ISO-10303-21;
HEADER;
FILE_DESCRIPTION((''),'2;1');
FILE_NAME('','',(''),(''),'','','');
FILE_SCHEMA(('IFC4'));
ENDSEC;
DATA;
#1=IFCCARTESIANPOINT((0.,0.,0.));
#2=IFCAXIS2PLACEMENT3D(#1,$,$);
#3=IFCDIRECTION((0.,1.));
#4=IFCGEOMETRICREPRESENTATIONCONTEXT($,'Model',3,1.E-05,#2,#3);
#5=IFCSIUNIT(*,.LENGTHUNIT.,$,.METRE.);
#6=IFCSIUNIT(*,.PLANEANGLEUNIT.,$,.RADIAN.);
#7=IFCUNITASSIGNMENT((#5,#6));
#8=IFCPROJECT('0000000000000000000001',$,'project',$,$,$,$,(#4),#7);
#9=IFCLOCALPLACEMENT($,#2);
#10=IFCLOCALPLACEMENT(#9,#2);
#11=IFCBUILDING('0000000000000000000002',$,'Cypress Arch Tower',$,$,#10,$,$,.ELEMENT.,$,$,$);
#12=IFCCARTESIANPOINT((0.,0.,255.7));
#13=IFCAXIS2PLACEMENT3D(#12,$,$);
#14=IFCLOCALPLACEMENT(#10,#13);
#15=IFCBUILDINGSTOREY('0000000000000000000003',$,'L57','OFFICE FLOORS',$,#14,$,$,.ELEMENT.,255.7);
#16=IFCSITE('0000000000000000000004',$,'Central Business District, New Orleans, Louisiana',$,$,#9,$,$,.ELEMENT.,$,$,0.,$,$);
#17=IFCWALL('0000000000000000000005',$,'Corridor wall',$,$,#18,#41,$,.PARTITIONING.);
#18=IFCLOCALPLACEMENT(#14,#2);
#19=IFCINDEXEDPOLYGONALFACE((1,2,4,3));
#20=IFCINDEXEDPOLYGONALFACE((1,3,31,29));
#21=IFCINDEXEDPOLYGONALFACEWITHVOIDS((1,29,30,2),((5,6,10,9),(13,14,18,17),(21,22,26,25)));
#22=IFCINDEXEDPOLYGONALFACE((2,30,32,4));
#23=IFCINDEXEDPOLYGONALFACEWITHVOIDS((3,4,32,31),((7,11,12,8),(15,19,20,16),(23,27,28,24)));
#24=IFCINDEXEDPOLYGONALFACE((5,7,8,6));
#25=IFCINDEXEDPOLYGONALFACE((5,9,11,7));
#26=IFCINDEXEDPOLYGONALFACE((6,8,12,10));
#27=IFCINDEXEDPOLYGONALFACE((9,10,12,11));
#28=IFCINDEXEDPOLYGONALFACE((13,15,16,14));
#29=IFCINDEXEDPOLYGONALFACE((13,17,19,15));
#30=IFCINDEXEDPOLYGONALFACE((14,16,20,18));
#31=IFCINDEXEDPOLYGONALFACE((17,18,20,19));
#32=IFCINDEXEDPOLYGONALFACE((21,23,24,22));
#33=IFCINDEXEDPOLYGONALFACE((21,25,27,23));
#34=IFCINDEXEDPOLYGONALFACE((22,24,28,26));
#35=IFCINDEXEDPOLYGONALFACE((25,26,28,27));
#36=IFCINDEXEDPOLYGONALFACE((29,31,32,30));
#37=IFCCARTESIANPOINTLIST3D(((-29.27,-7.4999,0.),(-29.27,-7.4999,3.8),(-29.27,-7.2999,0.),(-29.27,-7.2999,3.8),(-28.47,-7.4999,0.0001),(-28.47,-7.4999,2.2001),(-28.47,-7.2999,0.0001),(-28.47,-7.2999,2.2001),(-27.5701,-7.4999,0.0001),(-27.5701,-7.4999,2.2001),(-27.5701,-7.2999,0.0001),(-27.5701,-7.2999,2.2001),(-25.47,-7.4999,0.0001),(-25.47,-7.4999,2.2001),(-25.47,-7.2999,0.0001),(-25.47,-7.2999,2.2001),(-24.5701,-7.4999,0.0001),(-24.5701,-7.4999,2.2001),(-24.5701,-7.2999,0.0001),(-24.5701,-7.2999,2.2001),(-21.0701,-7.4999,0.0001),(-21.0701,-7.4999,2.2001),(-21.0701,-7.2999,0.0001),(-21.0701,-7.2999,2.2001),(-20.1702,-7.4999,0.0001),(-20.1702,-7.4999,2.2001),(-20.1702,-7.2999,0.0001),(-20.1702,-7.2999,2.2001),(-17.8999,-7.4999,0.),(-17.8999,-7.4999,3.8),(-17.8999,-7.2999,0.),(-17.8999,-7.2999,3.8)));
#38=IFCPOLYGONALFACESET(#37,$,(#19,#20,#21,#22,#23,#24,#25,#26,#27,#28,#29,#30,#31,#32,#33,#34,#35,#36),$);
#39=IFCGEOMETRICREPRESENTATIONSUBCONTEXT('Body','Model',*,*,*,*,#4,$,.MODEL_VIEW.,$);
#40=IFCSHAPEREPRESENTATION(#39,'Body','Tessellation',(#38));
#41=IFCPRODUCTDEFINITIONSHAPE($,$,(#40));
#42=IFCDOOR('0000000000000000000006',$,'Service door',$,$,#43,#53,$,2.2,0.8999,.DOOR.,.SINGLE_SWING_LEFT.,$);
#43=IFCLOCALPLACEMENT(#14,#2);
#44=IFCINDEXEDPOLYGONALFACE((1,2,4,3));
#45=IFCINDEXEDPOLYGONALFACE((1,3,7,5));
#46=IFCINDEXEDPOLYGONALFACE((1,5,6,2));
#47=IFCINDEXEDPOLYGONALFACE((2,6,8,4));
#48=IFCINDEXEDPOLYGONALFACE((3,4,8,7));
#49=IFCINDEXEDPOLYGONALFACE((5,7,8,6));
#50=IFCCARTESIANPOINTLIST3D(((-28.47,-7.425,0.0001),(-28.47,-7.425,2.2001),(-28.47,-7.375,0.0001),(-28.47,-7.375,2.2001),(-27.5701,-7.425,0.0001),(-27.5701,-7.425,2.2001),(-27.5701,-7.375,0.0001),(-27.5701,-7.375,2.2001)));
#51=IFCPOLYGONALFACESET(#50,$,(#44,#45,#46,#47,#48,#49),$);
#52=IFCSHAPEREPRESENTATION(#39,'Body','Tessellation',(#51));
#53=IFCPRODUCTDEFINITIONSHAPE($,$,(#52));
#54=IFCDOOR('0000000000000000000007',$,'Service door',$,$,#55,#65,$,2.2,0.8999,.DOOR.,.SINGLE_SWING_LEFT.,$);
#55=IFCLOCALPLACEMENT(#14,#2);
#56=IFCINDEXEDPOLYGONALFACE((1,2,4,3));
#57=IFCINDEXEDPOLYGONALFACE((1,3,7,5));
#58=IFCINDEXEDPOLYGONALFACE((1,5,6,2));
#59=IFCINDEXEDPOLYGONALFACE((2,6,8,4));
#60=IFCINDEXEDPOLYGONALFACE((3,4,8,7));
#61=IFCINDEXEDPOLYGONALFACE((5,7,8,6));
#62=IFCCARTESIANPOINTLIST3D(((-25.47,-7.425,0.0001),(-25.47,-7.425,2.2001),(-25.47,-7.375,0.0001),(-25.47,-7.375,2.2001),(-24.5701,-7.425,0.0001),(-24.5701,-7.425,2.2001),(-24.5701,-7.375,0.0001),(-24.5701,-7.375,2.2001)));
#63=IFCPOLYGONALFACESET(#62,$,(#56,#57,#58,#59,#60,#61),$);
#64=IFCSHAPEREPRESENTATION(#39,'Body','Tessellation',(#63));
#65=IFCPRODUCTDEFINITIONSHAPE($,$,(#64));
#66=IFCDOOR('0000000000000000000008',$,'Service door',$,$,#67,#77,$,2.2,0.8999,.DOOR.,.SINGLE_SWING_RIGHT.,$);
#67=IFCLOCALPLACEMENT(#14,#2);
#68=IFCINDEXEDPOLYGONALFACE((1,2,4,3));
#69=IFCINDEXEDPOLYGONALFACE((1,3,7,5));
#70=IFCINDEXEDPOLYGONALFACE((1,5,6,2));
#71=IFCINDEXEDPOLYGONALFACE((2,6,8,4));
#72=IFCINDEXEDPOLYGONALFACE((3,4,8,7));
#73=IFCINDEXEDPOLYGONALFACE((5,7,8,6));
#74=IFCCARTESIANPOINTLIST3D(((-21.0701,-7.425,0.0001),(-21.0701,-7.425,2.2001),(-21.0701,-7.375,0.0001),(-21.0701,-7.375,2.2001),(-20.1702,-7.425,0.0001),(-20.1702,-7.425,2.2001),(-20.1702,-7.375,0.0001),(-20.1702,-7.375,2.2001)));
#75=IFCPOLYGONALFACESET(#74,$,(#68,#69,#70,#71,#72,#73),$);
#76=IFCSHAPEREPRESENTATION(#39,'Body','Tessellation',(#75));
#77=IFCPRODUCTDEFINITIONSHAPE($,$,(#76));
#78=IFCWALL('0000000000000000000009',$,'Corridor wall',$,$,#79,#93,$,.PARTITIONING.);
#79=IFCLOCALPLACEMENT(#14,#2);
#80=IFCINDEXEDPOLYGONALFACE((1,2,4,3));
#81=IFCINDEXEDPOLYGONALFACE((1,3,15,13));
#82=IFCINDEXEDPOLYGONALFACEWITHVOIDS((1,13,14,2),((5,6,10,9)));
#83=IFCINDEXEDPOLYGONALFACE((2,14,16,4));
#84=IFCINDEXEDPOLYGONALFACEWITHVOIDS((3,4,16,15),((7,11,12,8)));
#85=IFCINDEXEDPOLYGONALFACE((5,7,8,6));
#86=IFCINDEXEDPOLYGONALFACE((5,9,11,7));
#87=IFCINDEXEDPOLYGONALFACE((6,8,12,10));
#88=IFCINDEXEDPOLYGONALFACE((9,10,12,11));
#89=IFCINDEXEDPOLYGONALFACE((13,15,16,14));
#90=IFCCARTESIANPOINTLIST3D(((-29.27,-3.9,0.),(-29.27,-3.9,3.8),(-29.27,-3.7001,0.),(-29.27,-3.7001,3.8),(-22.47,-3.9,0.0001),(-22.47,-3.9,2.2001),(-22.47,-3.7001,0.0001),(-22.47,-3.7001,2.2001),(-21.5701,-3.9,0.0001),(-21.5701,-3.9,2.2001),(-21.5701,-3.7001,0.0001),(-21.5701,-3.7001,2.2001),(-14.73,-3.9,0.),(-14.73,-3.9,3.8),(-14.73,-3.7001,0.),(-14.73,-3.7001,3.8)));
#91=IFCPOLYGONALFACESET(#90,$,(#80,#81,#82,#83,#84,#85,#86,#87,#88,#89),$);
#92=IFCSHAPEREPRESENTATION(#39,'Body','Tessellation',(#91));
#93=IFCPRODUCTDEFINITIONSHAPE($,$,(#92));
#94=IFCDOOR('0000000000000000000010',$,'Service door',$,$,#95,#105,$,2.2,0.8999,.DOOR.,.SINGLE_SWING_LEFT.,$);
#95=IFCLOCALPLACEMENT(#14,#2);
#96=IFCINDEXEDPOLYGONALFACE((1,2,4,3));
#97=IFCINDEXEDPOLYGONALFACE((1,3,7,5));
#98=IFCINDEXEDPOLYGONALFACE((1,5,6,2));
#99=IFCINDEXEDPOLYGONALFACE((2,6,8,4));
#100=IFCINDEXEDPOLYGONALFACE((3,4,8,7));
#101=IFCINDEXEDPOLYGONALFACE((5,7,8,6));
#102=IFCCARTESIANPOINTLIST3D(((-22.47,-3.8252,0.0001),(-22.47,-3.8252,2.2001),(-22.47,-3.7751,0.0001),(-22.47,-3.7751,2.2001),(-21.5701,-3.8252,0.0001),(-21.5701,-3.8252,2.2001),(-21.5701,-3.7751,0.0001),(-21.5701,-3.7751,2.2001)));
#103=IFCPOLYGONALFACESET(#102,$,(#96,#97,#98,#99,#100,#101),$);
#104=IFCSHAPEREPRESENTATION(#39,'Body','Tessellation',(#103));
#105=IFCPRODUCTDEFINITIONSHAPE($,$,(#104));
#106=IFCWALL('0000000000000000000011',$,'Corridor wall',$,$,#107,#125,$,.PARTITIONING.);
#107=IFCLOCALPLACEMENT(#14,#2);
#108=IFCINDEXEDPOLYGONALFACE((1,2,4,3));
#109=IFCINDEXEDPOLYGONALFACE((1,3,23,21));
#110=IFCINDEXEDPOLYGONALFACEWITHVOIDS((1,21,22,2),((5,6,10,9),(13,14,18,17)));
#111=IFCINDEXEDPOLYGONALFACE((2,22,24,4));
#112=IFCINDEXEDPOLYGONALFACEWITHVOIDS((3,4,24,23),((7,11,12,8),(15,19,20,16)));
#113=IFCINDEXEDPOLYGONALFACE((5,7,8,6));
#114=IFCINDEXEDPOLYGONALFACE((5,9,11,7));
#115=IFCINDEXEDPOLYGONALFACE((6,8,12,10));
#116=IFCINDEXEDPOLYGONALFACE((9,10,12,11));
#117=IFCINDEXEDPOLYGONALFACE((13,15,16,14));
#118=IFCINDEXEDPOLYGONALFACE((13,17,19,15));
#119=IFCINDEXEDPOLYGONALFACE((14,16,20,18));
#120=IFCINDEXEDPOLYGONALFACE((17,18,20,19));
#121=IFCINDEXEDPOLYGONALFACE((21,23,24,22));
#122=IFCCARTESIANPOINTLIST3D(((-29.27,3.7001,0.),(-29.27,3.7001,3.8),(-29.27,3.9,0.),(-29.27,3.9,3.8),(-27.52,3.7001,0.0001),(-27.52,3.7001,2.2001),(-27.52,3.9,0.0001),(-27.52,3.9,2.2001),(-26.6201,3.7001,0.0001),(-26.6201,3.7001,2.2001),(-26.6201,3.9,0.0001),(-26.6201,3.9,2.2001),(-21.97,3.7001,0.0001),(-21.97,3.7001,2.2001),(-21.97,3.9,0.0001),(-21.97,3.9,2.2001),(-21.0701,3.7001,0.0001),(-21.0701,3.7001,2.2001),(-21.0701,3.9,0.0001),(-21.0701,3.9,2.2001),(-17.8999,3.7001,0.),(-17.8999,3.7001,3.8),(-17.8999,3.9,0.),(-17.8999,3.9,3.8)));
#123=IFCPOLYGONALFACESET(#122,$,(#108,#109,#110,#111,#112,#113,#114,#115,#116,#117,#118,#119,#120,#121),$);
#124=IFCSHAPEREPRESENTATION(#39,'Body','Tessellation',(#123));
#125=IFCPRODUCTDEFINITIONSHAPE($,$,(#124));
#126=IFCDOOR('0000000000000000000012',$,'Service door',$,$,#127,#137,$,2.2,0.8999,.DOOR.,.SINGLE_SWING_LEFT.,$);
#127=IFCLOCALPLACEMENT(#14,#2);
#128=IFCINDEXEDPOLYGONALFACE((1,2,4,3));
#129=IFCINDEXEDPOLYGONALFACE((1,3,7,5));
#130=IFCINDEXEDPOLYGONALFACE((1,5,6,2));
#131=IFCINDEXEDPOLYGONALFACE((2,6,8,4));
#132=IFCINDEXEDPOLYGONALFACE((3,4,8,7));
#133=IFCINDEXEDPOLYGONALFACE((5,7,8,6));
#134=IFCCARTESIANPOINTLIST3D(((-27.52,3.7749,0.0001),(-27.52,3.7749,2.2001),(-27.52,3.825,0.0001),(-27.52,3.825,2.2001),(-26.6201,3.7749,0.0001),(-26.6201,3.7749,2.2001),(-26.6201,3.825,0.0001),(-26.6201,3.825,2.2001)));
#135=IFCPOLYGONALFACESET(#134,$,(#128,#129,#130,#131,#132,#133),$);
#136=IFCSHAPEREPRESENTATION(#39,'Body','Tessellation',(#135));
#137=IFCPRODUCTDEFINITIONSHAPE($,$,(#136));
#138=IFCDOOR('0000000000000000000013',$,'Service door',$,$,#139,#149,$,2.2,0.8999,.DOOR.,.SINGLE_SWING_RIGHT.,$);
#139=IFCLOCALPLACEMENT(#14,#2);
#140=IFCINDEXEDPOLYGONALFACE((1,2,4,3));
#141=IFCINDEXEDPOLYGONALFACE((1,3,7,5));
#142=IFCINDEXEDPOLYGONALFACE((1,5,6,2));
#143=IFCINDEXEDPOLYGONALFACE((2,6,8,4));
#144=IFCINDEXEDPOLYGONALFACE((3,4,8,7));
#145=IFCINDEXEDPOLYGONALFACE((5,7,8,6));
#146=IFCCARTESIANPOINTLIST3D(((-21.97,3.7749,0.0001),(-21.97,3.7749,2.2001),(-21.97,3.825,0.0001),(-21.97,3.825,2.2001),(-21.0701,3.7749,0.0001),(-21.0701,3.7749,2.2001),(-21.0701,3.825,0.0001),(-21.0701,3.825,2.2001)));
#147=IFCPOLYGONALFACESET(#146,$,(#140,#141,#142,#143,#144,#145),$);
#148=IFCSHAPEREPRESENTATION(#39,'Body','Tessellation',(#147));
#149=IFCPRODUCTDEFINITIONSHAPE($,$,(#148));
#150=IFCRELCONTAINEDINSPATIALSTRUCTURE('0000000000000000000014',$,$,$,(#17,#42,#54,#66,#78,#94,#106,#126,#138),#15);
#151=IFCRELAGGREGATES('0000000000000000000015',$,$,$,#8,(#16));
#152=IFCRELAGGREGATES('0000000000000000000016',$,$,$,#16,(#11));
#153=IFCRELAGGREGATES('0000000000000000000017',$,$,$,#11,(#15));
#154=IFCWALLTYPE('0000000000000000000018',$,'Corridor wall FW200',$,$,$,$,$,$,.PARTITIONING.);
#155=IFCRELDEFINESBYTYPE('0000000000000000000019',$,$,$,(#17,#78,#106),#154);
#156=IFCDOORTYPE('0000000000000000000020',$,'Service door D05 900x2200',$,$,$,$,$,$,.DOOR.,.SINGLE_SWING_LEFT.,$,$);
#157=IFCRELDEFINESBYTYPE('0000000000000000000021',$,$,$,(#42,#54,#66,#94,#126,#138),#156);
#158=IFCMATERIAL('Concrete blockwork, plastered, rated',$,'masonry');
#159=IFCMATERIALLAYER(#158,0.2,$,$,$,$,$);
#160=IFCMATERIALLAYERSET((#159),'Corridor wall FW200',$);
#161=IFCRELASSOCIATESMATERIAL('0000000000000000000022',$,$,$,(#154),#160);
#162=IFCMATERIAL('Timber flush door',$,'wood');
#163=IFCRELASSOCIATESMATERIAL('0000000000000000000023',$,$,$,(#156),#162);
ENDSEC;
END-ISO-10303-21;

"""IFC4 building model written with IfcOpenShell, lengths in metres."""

from ifc_helpers import new_model, si_unit, direction, frame, frame_2d, origin, place, context, subcontext, project, spatial, rectangle, extrude, material, layer, layer_set, type_object, element, fill, save


model = new_model("IFC4")

# Units and contexts
model_context = context("Model", 3, precision=1e-05, world=origin(), true_north=direction((0.0, 1.0)))
body_context = subcontext(model_context, "Body", "Model", "MODEL_VIEW")
ifc_project = project(units=[si_unit("LENGTHUNIT", "METRE"), si_unit("PLANEANGLEUNIT", "RADIAN")], contexts=[model_context])

# Site, building, storey
site_placement = place(None, origin())
site = spatial("IfcSite", under=ifc_project, at=site_placement, Name="Central Business District, New Orleans, Louisiana", CompositionType="ELEMENT", RefElevation=0.0)
building_placement = place(site_placement, origin())
building = spatial("IfcBuilding", under=site, at=building_placement, Name="Cypress Arch Tower", CompositionType="ELEMENT")
storey_placement = place(building_placement, frame((0.0, 0.0, 255.7)))
storey = spatial("IfcBuildingStorey", under=building, at=storey_placement, Name="L57", Description="OFFICE FLOORS", CompositionType="ELEMENT", Elevation=255.7)

# Wall, openings, doors
ifc_material_1 = material(Name="Concrete blockwork, plastered, rated", Category="masonry")
ifc_layer_1 = layer(ifc_material_1, 0.2)
ifc_layer_set_1 = layer_set([ifc_layer_1], Name="Corridor wall FW200")
wall_type_1 = type_object("IfcWallType", Name="Corridor wall FW200", PredefinedType="PARTITIONING", material=ifc_layer_set_1)
wall_1_placement = place(storey_placement, frame((-29.27, -7.3999, 0.0), z_axis=(0.0, 0.0, 1.0), x_axis=(1.0, 0.0, 0.0)))
wall_1 = element("IfcWall", 1, at=wall_1_placement, inside=storey, type_object=wall_type_1, Name="Corridor wall", PredefinedType="PARTITIONING", context=body_context, shape_type="SweptSolid", body=[
    extrude(rectangle(XDim=11.3701, YDim=0.2, at=frame_2d((5.6851, 0.0))), origin(), (0.0, 0.0, 1.0), 3.8),
])
opening_1_placement = place(wall_1_placement, frame((0.8, 0.0, 0.0)))
opening_1 = element("IfcOpeningElement", 2, at=opening_1_placement, cuts=wall_1, PredefinedType="OPENING", context=body_context, shape_type="SweptSolid", body=[
    extrude(rectangle(XDim=0.8999, YDim=2.2, at=frame_2d((0.45, 1.1001))), frame((0.0, 0.1099, 0.0), z_axis=(0.0, -1.0, 0.0), x_axis=(1.0, 0.0, 0.0)), (0.0, 0.0, 1.0), 0.22),
])
opening_2_placement = place(wall_1_placement, frame((3.8, 0.0, 0.0)))
opening_2 = element("IfcOpeningElement", 3, at=opening_2_placement, cuts=wall_1, PredefinedType="OPENING", context=body_context, shape_type="SweptSolid", body=[
    extrude(rectangle(XDim=0.8999, YDim=2.2, at=frame_2d((0.45, 1.1001))), frame((0.0, 0.1099, 0.0), z_axis=(0.0, -1.0, 0.0), x_axis=(1.0, 0.0, 0.0)), (0.0, 0.0, 1.0), 0.22),
])
opening_3_placement = place(wall_1_placement, frame((8.2, 0.0, 0.0)))
opening_3 = element("IfcOpeningElement", 4, at=opening_3_placement, cuts=wall_1, PredefinedType="OPENING", context=body_context, shape_type="SweptSolid", body=[
    extrude(rectangle(XDim=0.8999, YDim=2.2, at=frame_2d((0.45, 1.1001))), frame((0.0, 0.1099, 0.0), z_axis=(0.0, -1.0, 0.0), x_axis=(1.0, 0.0, 0.0)), (0.0, 0.0, 1.0), 0.22),
])
ifc_material_2 = material(Name="Timber flush door", Category="wood")
door_type_1 = type_object("IfcDoorType", Name="Service door D05 900x2200", OperationType="SINGLE_SWING_LEFT", PredefinedType="DOOR", material=ifc_material_2)
door_1_placement = place(opening_1_placement, origin())
door_1 = element("IfcDoor", 5, at=door_1_placement, inside=storey, type_object=door_type_1, Name="Service door", OperationType="SINGLE_SWING_LEFT", OverallHeight=2.2, OverallWidth=0.8999, PredefinedType="DOOR", context=body_context, shape_type="SweptSolid", body=[
    extrude(rectangle(XDim=0.8999, YDim=2.2, at=frame_2d((0.45, 1.1001))), frame((0.0, 0.0249, 0.0), z_axis=(0.0, -1.0, 0.0), x_axis=(1.0, 0.0, 0.0)), (0.0, 0.0, 1.0), 0.05),
])
fill(opening_1, door_1)
door_2_placement = place(opening_2_placement, origin())
door_2 = element("IfcDoor", 6, at=door_2_placement, inside=storey, type_object=door_type_1, Name="Service door", OperationType="SINGLE_SWING_LEFT", OverallHeight=2.2, OverallWidth=0.8999, PredefinedType="DOOR", context=body_context, shape_type="SweptSolid", body=[
    extrude(rectangle(XDim=0.8999, YDim=2.2, at=frame_2d((0.45, 1.1001))), frame((0.0, 0.0249, 0.0), z_axis=(0.0, -1.0, 0.0), x_axis=(1.0, 0.0, 0.0)), (0.0, 0.0, 1.0), 0.05),
])
fill(opening_2, door_2)
door_3_placement = place(opening_3_placement, origin())
door_3 = element("IfcDoor", 7, at=door_3_placement, inside=storey, type_object=door_type_1, Name="Service door", OperationType="SINGLE_SWING_RIGHT", OverallHeight=2.2, OverallWidth=0.8999, PredefinedType="DOOR", context=body_context, shape_type="SweptSolid", body=[
    extrude(rectangle(XDim=0.8999, YDim=2.2, at=frame_2d((0.45, 1.1001))), frame((0.0, 0.0249, 0.0), z_axis=(0.0, -1.0, 0.0), x_axis=(1.0, 0.0, 0.0)), (0.0, 0.0, 1.0), 0.05),
])
fill(opening_3, door_3)

# Wall, opening, door
wall_2_placement = place(storey_placement, frame((-29.27, -3.8, 0.0), z_axis=(0.0, 0.0, 1.0), x_axis=(1.0, 0.0, 0.0)))
wall_2 = element("IfcWall", 8, at=wall_2_placement, inside=storey, type_object=wall_type_1, Name="Corridor wall", PredefinedType="PARTITIONING", context=body_context, shape_type="SweptSolid", body=[
    extrude(rectangle(XDim=14.54, YDim=0.2, at=frame_2d((7.27, 0.0))), origin(), (0.0, 0.0, 1.0), 3.8),
])
opening_4_placement = place(wall_2_placement, frame((6.8, 0.0, 0.0)))
opening_4 = element("IfcOpeningElement", 9, at=opening_4_placement, cuts=wall_2, PredefinedType="OPENING", context=body_context, shape_type="SweptSolid", body=[
    extrude(rectangle(XDim=0.8999, YDim=2.2, at=frame_2d((0.45, 1.1001))), frame((0.0, 0.1099, 0.0), z_axis=(0.0, -1.0, 0.0), x_axis=(1.0, 0.0, 0.0)), (0.0, 0.0, 1.0), 0.22),
])
door_4_placement = place(opening_4_placement, origin())
door_4 = element("IfcDoor", 10, at=door_4_placement, inside=storey, type_object=door_type_1, Name="Service door", OperationType="SINGLE_SWING_LEFT", OverallHeight=2.2, OverallWidth=0.8999, PredefinedType="DOOR", context=body_context, shape_type="SweptSolid", body=[
    extrude(rectangle(XDim=0.8999, YDim=2.2, at=frame_2d((0.45, 1.1001))), frame((0.0, 0.0249, 0.0), z_axis=(0.0, -1.0, 0.0), x_axis=(1.0, 0.0, 0.0)), (0.0, 0.0, 1.0), 0.05),
])
fill(opening_4, door_4)

# Wall, openings, doors
wall_3_placement = place(storey_placement, frame((-29.27, 3.8, 0.0), z_axis=(0.0, 0.0, 1.0), x_axis=(1.0, 0.0, 0.0)))
wall_3 = element("IfcWall", 11, at=wall_3_placement, inside=storey, type_object=wall_type_1, Name="Corridor wall", PredefinedType="PARTITIONING", context=body_context, shape_type="SweptSolid", body=[
    extrude(rectangle(XDim=11.3701, YDim=0.2, at=frame_2d((5.6851, 0.0))), origin(), (0.0, 0.0, 1.0), 3.8),
])
opening_5_placement = place(wall_3_placement, frame((1.75, 0.0, 0.0)))
opening_5 = element("IfcOpeningElement", 12, at=opening_5_placement, cuts=wall_3, PredefinedType="OPENING", context=body_context, shape_type="SweptSolid", body=[
    extrude(rectangle(XDim=0.8999, YDim=2.2, at=frame_2d((0.45, 1.1001))), frame((0.0, 0.1099, 0.0), z_axis=(0.0, -1.0, 0.0), x_axis=(1.0, 0.0, 0.0)), (0.0, 0.0, 1.0), 0.22),
])
opening_6_placement = place(wall_3_placement, frame((7.3, 0.0, 0.0)))
opening_6 = element("IfcOpeningElement", 13, at=opening_6_placement, cuts=wall_3, PredefinedType="OPENING", context=body_context, shape_type="SweptSolid", body=[
    extrude(rectangle(XDim=0.8999, YDim=2.2, at=frame_2d((0.45, 1.1001))), frame((0.0, 0.1099, 0.0), z_axis=(0.0, -1.0, 0.0), x_axis=(1.0, 0.0, 0.0)), (0.0, 0.0, 1.0), 0.22),
])
door_5_placement = place(opening_5_placement, origin())
door_5 = element("IfcDoor", 14, at=door_5_placement, inside=storey, type_object=door_type_1, Name="Service door", OperationType="SINGLE_SWING_LEFT", OverallHeight=2.2, OverallWidth=0.8999, PredefinedType="DOOR", context=body_context, shape_type="SweptSolid", body=[
    extrude(rectangle(XDim=0.8999, YDim=2.2, at=frame_2d((0.45, 1.1001))), frame((0.0, 0.0249, 0.0), z_axis=(0.0, -1.0, 0.0), x_axis=(1.0, 0.0, 0.0)), (0.0, 0.0, 1.0), 0.05),
])
fill(opening_5, door_5)
door_6_placement = place(opening_6_placement, origin())
door_6 = element("IfcDoor", 15, at=door_6_placement, inside=storey, type_object=door_type_1, Name="Service door", OperationType="SINGLE_SWING_RIGHT", OverallHeight=2.2, OverallWidth=0.8999, PredefinedType="DOOR", context=body_context, shape_type="SweptSolid", body=[
    extrude(rectangle(XDim=0.8999, YDim=2.2, at=frame_2d((0.45, 1.1001))), frame((0.0, 0.0249, 0.0), z_axis=(0.0, -1.0, 0.0), x_axis=(1.0, 0.0, 0.0)), (0.0, 0.0, 1.0), 0.05),
])
fill(opening_6, door_6)

save(model, "model.ifc")
